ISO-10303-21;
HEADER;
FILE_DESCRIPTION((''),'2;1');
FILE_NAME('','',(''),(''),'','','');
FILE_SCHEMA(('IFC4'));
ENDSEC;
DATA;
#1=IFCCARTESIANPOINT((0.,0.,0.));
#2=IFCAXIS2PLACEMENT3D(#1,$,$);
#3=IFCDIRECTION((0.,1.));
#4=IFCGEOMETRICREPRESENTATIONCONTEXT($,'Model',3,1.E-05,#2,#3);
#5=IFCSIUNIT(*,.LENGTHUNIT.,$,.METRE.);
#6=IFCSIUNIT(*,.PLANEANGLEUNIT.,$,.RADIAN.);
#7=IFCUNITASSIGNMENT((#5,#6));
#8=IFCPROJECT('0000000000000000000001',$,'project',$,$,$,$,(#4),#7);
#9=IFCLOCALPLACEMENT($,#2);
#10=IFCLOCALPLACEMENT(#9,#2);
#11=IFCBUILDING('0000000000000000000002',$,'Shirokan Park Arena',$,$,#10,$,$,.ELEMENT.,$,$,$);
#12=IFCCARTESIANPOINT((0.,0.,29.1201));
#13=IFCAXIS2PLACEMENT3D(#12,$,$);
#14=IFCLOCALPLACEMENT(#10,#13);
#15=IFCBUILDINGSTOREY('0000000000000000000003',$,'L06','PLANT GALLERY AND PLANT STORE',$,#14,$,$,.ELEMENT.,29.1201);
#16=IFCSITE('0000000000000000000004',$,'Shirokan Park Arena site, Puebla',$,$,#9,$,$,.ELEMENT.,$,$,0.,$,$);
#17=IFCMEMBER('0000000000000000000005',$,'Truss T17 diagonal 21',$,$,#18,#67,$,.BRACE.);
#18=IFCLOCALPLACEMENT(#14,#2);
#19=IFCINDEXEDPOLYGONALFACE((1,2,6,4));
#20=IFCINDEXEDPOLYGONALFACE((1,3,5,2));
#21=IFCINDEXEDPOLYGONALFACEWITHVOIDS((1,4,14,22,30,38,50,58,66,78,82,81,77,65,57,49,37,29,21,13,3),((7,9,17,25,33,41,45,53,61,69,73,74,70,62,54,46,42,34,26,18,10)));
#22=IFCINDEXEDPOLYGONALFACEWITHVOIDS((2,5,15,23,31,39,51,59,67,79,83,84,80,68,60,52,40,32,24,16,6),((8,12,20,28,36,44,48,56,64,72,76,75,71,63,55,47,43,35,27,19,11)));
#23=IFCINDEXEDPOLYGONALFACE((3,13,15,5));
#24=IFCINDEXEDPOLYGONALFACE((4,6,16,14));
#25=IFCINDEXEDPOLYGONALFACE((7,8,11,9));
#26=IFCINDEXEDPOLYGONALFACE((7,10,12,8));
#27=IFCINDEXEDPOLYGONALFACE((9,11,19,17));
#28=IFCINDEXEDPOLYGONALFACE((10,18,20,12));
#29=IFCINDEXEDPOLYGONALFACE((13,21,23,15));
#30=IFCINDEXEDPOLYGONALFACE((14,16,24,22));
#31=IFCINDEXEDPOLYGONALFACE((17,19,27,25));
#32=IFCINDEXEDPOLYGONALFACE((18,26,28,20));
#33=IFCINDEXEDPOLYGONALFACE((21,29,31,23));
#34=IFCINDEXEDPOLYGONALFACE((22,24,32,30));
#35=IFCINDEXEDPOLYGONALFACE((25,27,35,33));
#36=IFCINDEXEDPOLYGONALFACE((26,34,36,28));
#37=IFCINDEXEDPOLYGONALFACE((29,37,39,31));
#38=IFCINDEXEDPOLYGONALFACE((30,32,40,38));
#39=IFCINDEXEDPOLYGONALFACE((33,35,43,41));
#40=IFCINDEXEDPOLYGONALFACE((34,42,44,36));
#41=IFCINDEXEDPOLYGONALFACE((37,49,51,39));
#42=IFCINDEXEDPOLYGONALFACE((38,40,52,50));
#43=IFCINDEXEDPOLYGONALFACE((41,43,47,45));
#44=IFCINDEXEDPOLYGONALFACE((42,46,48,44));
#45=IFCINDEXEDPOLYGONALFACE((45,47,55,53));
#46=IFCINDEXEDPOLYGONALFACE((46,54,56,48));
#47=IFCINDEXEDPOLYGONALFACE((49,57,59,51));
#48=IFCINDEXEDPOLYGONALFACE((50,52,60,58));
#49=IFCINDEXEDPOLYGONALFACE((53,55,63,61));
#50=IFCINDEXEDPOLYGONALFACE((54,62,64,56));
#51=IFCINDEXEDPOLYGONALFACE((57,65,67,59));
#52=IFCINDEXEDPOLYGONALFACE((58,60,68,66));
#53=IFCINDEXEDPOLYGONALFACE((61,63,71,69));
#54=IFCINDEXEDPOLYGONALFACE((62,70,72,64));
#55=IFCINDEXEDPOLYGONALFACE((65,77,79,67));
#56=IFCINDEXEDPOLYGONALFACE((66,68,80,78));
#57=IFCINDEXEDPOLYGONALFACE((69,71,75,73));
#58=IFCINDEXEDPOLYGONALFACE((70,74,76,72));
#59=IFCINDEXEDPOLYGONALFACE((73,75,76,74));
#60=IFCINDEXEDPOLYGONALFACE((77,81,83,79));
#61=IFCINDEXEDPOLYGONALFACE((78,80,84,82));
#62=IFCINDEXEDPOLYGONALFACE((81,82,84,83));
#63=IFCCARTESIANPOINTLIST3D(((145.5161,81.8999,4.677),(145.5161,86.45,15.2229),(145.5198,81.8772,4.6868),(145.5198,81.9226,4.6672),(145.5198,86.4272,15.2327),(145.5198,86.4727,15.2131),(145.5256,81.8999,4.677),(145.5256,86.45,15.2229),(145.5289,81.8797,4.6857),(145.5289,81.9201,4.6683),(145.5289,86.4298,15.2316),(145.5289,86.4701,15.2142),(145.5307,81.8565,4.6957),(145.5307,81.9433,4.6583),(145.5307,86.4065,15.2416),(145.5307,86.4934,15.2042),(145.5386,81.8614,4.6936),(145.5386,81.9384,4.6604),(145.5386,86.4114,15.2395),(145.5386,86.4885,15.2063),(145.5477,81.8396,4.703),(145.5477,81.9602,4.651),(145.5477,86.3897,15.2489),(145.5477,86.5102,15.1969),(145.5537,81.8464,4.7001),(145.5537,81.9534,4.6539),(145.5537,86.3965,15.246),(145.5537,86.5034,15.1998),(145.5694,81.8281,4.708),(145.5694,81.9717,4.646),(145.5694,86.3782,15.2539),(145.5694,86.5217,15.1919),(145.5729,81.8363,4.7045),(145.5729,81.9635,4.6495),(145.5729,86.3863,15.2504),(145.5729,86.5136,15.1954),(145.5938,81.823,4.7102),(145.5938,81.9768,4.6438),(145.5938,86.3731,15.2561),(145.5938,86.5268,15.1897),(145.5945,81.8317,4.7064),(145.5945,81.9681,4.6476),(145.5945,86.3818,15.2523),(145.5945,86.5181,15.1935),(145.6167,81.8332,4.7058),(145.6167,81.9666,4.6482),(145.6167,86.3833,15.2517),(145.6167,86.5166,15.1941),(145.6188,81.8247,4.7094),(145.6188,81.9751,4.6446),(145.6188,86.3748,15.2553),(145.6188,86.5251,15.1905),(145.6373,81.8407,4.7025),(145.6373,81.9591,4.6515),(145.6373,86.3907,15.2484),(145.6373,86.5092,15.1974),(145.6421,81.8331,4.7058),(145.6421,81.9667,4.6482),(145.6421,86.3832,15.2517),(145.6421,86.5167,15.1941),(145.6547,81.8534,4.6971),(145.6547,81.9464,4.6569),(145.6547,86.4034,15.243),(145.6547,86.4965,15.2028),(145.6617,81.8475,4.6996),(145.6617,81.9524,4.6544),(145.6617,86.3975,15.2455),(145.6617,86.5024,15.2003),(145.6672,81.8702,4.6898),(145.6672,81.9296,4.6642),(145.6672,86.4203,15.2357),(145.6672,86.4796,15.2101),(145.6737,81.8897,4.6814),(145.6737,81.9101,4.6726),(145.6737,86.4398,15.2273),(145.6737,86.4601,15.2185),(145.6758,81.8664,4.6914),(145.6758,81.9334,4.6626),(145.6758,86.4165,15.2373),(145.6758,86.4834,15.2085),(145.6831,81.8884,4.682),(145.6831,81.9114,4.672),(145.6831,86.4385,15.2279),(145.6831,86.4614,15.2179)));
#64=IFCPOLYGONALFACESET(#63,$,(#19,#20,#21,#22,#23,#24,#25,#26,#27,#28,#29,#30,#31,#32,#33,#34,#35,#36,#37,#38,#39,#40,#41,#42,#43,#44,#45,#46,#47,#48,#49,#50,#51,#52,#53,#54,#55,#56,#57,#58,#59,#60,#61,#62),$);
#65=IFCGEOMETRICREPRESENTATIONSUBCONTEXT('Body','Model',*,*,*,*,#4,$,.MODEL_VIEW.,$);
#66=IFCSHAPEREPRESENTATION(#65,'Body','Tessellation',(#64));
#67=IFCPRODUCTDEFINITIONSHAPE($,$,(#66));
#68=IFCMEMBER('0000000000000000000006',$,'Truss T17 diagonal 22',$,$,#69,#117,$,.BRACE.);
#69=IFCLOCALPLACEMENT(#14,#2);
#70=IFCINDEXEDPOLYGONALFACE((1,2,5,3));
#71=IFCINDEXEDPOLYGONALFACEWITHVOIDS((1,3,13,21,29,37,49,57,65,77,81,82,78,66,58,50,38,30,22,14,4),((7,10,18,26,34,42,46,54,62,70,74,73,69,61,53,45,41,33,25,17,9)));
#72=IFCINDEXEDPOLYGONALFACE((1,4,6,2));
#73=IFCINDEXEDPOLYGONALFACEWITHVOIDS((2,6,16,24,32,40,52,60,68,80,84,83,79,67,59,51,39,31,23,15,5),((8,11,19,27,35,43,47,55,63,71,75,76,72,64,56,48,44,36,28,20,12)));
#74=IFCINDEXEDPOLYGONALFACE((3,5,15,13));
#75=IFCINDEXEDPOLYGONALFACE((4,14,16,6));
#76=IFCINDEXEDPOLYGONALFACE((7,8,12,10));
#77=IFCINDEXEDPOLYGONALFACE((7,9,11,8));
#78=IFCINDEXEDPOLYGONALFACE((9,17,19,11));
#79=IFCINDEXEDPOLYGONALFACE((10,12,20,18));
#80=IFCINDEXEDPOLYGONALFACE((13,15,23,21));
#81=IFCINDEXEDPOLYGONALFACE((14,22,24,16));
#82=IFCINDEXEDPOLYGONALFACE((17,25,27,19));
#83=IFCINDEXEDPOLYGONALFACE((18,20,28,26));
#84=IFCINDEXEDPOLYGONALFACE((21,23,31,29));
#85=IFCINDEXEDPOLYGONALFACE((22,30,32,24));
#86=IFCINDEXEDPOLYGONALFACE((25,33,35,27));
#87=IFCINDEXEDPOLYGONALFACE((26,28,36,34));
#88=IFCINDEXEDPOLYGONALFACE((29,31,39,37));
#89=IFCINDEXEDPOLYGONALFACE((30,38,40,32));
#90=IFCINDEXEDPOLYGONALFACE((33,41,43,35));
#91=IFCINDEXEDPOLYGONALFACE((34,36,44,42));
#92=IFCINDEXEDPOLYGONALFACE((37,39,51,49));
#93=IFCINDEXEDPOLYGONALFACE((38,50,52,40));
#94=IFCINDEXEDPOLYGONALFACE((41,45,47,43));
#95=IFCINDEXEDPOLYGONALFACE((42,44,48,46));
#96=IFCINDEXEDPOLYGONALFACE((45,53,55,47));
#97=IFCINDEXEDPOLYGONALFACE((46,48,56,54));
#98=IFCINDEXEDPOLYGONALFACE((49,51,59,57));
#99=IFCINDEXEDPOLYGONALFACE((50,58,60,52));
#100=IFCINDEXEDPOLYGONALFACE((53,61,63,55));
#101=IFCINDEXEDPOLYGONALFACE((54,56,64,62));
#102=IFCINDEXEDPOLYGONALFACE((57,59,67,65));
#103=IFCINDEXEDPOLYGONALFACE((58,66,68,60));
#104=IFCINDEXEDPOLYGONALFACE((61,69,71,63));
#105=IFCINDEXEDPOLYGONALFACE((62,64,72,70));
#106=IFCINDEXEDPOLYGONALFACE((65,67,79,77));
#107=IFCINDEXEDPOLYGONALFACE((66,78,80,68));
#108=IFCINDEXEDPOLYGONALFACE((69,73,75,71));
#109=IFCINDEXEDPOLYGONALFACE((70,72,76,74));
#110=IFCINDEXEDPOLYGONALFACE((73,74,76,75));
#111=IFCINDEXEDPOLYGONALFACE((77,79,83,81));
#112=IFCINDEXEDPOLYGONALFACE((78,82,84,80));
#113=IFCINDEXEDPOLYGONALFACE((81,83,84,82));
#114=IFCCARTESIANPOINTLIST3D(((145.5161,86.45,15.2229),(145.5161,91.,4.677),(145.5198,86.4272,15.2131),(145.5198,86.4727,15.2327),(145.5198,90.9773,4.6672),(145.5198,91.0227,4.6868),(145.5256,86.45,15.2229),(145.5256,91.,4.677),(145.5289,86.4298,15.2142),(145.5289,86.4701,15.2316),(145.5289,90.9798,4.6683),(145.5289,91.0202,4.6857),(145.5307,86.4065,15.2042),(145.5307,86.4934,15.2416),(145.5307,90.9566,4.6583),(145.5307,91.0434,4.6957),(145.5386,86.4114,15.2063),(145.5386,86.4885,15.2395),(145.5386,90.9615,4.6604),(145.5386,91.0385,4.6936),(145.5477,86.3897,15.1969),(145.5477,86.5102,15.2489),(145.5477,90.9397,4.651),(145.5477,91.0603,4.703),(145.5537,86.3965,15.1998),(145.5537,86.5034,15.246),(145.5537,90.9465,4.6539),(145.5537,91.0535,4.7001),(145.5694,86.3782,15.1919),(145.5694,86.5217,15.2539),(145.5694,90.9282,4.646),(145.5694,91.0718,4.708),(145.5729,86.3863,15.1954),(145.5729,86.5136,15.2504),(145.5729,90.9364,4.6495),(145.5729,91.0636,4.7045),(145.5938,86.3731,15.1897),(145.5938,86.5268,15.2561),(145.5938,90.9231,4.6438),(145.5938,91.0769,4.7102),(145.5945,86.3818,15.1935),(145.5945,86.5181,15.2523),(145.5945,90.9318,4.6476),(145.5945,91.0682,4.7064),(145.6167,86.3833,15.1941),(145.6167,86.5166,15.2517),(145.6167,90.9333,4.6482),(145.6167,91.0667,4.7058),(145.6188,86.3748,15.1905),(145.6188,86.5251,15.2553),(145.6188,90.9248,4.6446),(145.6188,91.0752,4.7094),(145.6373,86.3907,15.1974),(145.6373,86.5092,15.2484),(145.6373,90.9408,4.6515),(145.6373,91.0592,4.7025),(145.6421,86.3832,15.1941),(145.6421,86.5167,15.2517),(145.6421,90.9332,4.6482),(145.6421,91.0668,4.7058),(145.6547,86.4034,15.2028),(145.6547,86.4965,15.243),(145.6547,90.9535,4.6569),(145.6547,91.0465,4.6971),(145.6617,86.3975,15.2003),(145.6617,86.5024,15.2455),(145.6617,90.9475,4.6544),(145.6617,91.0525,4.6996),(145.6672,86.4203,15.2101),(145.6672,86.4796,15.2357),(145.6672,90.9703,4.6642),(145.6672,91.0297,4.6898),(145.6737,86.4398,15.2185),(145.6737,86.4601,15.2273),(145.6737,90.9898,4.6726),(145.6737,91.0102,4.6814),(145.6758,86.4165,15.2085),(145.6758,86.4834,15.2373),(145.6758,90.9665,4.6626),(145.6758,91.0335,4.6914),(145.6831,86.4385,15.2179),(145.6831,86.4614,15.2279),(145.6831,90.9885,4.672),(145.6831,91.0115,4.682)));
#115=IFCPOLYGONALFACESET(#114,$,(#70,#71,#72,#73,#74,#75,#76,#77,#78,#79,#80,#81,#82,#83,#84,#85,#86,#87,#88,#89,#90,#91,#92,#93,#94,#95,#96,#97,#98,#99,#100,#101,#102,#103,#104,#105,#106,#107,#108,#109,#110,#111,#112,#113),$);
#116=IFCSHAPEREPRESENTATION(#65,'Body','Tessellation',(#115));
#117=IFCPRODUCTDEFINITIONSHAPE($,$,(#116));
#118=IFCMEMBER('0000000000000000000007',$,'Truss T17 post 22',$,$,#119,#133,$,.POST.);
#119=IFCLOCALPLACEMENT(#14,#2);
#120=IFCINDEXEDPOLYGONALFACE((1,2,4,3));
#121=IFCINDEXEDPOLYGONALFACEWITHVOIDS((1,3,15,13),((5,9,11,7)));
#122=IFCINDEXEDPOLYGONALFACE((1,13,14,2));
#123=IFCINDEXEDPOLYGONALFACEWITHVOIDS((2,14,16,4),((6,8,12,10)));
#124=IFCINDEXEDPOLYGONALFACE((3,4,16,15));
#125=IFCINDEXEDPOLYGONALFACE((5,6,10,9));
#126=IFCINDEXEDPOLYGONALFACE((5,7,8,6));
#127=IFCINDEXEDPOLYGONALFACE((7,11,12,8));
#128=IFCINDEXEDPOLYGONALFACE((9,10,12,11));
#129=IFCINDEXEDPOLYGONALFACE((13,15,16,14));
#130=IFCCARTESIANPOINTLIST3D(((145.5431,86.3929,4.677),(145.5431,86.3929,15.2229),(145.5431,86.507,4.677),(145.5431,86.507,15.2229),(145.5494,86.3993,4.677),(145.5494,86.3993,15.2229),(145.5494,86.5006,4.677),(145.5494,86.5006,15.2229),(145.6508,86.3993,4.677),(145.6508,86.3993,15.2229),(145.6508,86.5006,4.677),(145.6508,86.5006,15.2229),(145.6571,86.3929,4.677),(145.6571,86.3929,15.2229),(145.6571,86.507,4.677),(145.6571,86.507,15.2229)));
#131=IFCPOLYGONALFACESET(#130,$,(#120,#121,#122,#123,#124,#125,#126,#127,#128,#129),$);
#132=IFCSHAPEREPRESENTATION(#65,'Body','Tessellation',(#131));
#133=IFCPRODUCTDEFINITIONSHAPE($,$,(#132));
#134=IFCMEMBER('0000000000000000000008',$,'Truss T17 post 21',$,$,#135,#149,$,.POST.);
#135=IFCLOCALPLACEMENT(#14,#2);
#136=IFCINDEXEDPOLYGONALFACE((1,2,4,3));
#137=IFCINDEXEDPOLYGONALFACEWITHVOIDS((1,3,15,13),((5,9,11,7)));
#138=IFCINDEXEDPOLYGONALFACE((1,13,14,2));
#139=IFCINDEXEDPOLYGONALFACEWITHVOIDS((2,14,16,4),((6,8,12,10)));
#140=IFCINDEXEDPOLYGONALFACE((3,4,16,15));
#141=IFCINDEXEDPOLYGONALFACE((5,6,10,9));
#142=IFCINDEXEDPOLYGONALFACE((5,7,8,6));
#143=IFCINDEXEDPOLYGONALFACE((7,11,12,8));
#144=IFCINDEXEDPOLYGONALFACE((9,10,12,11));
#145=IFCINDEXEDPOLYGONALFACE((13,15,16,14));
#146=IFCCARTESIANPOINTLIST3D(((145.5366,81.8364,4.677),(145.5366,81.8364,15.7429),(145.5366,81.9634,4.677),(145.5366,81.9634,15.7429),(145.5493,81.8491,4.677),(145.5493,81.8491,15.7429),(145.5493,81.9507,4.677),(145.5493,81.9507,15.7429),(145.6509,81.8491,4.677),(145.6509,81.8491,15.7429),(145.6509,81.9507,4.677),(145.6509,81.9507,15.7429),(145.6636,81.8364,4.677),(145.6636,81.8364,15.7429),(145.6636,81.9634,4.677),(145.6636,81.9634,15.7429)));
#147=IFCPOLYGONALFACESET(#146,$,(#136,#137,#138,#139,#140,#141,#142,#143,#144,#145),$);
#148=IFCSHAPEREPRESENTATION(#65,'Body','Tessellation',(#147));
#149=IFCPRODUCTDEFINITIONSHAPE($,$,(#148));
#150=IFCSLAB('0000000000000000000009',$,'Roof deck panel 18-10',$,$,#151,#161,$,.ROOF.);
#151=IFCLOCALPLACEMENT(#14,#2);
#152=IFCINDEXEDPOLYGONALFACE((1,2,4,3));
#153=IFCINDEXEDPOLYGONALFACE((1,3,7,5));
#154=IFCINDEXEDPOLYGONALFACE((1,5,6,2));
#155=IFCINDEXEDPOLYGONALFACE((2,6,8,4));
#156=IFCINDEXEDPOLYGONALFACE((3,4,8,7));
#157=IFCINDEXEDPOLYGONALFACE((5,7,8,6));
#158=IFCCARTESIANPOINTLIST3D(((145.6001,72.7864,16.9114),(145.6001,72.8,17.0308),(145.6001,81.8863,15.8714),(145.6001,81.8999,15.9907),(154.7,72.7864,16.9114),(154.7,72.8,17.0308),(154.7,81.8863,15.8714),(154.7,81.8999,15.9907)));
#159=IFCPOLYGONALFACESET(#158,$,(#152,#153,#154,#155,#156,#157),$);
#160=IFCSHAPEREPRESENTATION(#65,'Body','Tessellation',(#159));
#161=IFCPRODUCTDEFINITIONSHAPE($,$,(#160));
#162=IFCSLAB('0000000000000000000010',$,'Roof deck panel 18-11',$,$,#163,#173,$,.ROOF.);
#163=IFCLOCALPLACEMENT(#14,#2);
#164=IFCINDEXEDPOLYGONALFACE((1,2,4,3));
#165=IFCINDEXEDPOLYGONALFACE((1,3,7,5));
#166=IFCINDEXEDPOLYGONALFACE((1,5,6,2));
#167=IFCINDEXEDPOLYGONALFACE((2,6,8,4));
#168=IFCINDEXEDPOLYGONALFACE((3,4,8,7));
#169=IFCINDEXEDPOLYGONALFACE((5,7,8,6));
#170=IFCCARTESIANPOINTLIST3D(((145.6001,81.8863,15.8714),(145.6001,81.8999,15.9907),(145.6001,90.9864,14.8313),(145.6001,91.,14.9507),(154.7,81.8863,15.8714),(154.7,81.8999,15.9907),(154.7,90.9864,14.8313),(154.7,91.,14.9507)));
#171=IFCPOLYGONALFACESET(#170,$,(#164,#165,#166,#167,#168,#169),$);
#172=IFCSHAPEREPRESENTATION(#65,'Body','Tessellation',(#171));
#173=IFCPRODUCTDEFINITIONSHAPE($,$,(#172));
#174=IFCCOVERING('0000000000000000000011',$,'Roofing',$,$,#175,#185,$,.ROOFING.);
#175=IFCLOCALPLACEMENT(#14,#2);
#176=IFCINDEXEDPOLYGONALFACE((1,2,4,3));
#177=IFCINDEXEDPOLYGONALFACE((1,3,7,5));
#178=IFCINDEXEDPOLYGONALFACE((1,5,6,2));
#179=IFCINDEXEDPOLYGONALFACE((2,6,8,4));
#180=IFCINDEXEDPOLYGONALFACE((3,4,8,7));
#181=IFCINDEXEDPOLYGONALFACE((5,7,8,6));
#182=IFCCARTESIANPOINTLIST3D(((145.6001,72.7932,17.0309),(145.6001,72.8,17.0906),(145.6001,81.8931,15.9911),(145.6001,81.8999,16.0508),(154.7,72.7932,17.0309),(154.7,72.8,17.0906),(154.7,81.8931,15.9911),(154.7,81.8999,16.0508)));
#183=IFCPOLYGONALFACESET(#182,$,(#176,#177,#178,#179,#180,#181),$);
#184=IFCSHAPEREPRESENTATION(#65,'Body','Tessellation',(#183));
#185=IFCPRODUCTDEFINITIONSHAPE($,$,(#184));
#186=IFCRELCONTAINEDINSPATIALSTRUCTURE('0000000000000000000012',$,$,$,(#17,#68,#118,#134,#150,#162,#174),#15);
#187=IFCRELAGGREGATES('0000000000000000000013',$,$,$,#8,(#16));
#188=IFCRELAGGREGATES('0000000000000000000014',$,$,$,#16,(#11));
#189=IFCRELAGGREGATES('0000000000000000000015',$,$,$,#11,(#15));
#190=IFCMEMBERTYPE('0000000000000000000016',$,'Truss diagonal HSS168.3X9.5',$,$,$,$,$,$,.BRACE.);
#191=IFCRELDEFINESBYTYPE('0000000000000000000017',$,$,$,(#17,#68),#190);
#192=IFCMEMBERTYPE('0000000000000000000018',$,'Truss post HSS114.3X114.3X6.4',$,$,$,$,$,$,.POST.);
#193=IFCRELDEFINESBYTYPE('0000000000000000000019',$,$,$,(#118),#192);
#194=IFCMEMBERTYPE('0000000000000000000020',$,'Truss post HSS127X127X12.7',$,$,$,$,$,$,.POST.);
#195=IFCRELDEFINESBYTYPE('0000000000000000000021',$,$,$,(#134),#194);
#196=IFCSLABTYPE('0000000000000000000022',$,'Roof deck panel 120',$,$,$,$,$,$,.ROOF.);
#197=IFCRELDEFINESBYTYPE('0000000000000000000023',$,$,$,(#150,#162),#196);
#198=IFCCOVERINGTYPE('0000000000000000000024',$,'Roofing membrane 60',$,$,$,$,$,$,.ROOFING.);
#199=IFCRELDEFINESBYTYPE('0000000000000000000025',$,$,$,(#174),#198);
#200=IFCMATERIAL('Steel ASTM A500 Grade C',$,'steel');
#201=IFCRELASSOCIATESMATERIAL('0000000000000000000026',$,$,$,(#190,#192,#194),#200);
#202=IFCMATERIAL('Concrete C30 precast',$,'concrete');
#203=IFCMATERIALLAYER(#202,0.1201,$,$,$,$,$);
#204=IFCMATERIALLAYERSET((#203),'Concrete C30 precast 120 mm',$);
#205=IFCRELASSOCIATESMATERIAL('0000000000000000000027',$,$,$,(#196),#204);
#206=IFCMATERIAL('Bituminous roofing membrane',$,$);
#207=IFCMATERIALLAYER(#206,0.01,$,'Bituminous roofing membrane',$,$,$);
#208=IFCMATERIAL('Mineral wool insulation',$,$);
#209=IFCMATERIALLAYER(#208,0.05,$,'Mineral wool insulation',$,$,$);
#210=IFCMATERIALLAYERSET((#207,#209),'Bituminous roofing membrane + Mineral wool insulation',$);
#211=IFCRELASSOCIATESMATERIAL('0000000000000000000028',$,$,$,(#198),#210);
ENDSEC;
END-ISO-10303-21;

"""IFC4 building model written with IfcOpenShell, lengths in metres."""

from ifc_helpers import new_model, si_unit, direction, frame, origin, origin_2d, place, context, subcontext, project, spatial, polyline, hollow_rectangle, hollow_circle, outline, extrude, material, layer, layer_set, material_profile, profile_set, type_object, element, save


model = new_model("IFC4")

# Units and contexts
model_context = context("Model", 3, precision=1e-05, world=origin(), true_north=direction((0.0, 1.0)))
body_context = subcontext(model_context, "Body", "Model", "MODEL_VIEW")
ifc_project = project(units=[si_unit("LENGTHUNIT", "METRE"), si_unit("PLANEANGLEUNIT", "RADIAN")], contexts=[model_context])

# Site, building, storey
site_placement = place(None, origin())
site = spatial("IfcSite", under=ifc_project, at=site_placement, Name="Shirokan Park Arena site, Puebla", CompositionType="ELEMENT", RefElevation=0.0)
building_placement = place(site_placement, origin())
building = spatial("IfcBuilding", under=site, at=building_placement, Name="Shirokan Park Arena", CompositionType="ELEMENT")
storey_placement = place(building_placement, frame((0.0, 0.0, 29.1201)))
storey = spatial("IfcBuildingStorey", under=building, at=storey_placement, Name="L06", Description="PLANT GALLERY AND PLANT STORE", CompositionType="ELEMENT", Elevation=29.1201)

# Members
ifc_material_1 = material(Name="Steel ASTM A500 Grade C", Category="steel")
ifc_material_profile_1 = material_profile(ifc_material_1, hollow_circle(Radius=0.084, WallThickness=0.0095, at=origin_2d()), Name="HSS168.3X9.5")
ifc_profile_set_1 = profile_set([ifc_material_profile_1], Name="Steel ASTM A500 Grade C")
member_type_1 = type_object("IfcMemberType", Name="Truss diagonal HSS168.3X9.5", PredefinedType="BRACE", material=ifc_profile_set_1)
for number, where, z_axis, x_axis, name in (
    (1, (145.6001, 81.8999, 4.677), (0.0, 0.396153, 0.918185), (-1.0, 0.0, 0.0), "Truss T17 diagonal 21"),
    (2, (145.6001, 86.45, 15.2229), (0.0, 0.396153, -0.918185), (-1.0, 0.0, 0.0), "Truss T17 diagonal 22"),
):
    element("IfcMember", number, at=place(storey_placement, frame(where, z_axis=z_axis, x_axis=x_axis)), inside=storey, type_object=member_type_1, Name=name, PredefinedType="BRACE", context=body_context, shape_type="SweptSolid", body=[
        extrude(hollow_circle(Radius=0.084, WallThickness=0.0095, at=origin_2d()), origin(), (0.0, 0.0, 1.0), 11.4856),
    ])
ifc_material_profile_2 = material_profile(ifc_material_1, hollow_rectangle(XDim=0.114, YDim=0.114, WallThickness=0.0063, at=origin_2d()), Name="HSS114.3X114.3X6.4")
ifc_profile_set_2 = profile_set([ifc_material_profile_2], Name="Steel ASTM A500 Grade C")
member_type_2 = type_object("IfcMemberType", Name="Truss post HSS114.3X114.3X6.4", PredefinedType="POST", material=ifc_profile_set_2)
member_1_placement = place(storey_placement, frame((145.6001, 86.45, 4.677), z_axis=(0.0, 0.0, 1.0), x_axis=(1.0, 0.0, 0.0)))
element("IfcMember", 3, at=member_1_placement, inside=storey, type_object=member_type_2, Name="Truss T17 post 22", PredefinedType="POST", context=body_context, shape_type="SweptSolid", body=[
    extrude(hollow_rectangle(XDim=0.114, YDim=0.114, WallThickness=0.0063, at=origin_2d()), origin(), (0.0, 0.0, 1.0), 10.5459),
])
ifc_material_profile_3 = material_profile(ifc_material_1, hollow_rectangle(XDim=0.127, YDim=0.127, WallThickness=0.0127, at=origin_2d()), Name="HSS127X127X12.7")
ifc_profile_set_3 = profile_set([ifc_material_profile_3], Name="Steel ASTM A500 Grade C")
member_type_3 = type_object("IfcMemberType", Name="Truss post HSS127X127X12.7", PredefinedType="POST", material=ifc_profile_set_3)
member_2_placement = place(storey_placement, frame((145.6001, 81.8999, 4.677), z_axis=(0.0, 0.0, 1.0), x_axis=(1.0, 0.0, 0.0)))
element("IfcMember", 4, at=member_2_placement, inside=storey, type_object=member_type_3, Name="Truss T17 post 21", PredefinedType="POST", context=body_context, shape_type="SweptSolid", body=[
    extrude(hollow_rectangle(XDim=0.127, YDim=0.127, WallThickness=0.0127, at=origin_2d()), origin(), (0.0, 0.0, 1.0), 11.0659),
])

# Slabs
ifc_material_2 = material(Name="Concrete C30 precast", Category="concrete")
ifc_layer_1 = layer(ifc_material_2, 0.1201)
ifc_layer_set_1 = layer_set([ifc_layer_1], Name="Concrete C30 precast 120 mm")
slab_type = type_object("IfcSlabType", Name="Roof deck panel 120", PredefinedType="ROOF", material=ifc_layer_set_1)
slab_1_placement = place(storey_placement, frame((145.6001, 72.8, 17.0308), z_axis=(0.0, 0.113553, 0.993532), x_axis=(1.0, 0.0, 0.0)))
element("IfcSlab", 5, at=slab_1_placement, inside=storey, type_object=slab_type, Name="Roof deck panel 18-10", PredefinedType="ROOF", context=body_context, shape_type="SweptSolid", body=[
    extrude(outline(polyline([(0.0, 0.0), (9.0999, 0.0), (9.0999, 9.1591), (0.0, 9.1591), (0.0, 0.0)])), origin(), (0.0, 0.0, -1.0), 0.1201),
])
slab_2_placement = place(storey_placement, frame((145.6001, 81.8999, 15.9907), z_axis=(0.0, 0.11355, 0.993532), x_axis=(1.0, 0.0, 0.0)))
element("IfcSlab", 6, at=slab_2_placement, inside=storey, type_object=slab_type, Name="Roof deck panel 18-11", PredefinedType="ROOF", context=body_context, shape_type="SweptSolid", body=[
    extrude(outline(polyline([(0.0, 0.0), (9.0999, 0.0), (9.0999, 9.1593), (0.0, 9.1593), (0.0, 0.0)])), origin(), (0.0, 0.0, -1.0), 0.1201),
])

# Covering
ifc_material_3 = material(Name="Bituminous roofing membrane")
ifc_layer_2 = layer(ifc_material_3, 0.01, Name="Bituminous roofing membrane")
ifc_material_4 = material(Name="Mineral wool insulation")
ifc_layer_3 = layer(ifc_material_4, 0.05, Name="Mineral wool insulation")
ifc_layer_set_2 = layer_set([ifc_layer_2, ifc_layer_3], Name="Bituminous roofing membrane + Mineral wool insulation")
covering_type = type_object("IfcCoveringType", Name="Roofing membrane 60", PredefinedType="ROOFING", material=ifc_layer_set_2)
covering_1_placement = place(storey_placement, frame((145.6001, 72.8, 17.0906), z_axis=(0.0, 0.113526, 0.993535), x_axis=(1.0, 0.0, 0.0)))
element("IfcCovering", 7, at=covering_1_placement, inside=storey, type_object=covering_type, Name="Roofing", PredefinedType="ROOFING", context=body_context, shape_type="SweptSolid", body=[
    extrude(outline(polyline([(0.0, 0.0), (9.0999, 0.0), (9.0999, 9.1591), (0.0, 9.1591), (0.0, 0.0)])), origin(), (0.0, 0.0, -1.0), 0.0601),
])

save(model, "model.ifc")
